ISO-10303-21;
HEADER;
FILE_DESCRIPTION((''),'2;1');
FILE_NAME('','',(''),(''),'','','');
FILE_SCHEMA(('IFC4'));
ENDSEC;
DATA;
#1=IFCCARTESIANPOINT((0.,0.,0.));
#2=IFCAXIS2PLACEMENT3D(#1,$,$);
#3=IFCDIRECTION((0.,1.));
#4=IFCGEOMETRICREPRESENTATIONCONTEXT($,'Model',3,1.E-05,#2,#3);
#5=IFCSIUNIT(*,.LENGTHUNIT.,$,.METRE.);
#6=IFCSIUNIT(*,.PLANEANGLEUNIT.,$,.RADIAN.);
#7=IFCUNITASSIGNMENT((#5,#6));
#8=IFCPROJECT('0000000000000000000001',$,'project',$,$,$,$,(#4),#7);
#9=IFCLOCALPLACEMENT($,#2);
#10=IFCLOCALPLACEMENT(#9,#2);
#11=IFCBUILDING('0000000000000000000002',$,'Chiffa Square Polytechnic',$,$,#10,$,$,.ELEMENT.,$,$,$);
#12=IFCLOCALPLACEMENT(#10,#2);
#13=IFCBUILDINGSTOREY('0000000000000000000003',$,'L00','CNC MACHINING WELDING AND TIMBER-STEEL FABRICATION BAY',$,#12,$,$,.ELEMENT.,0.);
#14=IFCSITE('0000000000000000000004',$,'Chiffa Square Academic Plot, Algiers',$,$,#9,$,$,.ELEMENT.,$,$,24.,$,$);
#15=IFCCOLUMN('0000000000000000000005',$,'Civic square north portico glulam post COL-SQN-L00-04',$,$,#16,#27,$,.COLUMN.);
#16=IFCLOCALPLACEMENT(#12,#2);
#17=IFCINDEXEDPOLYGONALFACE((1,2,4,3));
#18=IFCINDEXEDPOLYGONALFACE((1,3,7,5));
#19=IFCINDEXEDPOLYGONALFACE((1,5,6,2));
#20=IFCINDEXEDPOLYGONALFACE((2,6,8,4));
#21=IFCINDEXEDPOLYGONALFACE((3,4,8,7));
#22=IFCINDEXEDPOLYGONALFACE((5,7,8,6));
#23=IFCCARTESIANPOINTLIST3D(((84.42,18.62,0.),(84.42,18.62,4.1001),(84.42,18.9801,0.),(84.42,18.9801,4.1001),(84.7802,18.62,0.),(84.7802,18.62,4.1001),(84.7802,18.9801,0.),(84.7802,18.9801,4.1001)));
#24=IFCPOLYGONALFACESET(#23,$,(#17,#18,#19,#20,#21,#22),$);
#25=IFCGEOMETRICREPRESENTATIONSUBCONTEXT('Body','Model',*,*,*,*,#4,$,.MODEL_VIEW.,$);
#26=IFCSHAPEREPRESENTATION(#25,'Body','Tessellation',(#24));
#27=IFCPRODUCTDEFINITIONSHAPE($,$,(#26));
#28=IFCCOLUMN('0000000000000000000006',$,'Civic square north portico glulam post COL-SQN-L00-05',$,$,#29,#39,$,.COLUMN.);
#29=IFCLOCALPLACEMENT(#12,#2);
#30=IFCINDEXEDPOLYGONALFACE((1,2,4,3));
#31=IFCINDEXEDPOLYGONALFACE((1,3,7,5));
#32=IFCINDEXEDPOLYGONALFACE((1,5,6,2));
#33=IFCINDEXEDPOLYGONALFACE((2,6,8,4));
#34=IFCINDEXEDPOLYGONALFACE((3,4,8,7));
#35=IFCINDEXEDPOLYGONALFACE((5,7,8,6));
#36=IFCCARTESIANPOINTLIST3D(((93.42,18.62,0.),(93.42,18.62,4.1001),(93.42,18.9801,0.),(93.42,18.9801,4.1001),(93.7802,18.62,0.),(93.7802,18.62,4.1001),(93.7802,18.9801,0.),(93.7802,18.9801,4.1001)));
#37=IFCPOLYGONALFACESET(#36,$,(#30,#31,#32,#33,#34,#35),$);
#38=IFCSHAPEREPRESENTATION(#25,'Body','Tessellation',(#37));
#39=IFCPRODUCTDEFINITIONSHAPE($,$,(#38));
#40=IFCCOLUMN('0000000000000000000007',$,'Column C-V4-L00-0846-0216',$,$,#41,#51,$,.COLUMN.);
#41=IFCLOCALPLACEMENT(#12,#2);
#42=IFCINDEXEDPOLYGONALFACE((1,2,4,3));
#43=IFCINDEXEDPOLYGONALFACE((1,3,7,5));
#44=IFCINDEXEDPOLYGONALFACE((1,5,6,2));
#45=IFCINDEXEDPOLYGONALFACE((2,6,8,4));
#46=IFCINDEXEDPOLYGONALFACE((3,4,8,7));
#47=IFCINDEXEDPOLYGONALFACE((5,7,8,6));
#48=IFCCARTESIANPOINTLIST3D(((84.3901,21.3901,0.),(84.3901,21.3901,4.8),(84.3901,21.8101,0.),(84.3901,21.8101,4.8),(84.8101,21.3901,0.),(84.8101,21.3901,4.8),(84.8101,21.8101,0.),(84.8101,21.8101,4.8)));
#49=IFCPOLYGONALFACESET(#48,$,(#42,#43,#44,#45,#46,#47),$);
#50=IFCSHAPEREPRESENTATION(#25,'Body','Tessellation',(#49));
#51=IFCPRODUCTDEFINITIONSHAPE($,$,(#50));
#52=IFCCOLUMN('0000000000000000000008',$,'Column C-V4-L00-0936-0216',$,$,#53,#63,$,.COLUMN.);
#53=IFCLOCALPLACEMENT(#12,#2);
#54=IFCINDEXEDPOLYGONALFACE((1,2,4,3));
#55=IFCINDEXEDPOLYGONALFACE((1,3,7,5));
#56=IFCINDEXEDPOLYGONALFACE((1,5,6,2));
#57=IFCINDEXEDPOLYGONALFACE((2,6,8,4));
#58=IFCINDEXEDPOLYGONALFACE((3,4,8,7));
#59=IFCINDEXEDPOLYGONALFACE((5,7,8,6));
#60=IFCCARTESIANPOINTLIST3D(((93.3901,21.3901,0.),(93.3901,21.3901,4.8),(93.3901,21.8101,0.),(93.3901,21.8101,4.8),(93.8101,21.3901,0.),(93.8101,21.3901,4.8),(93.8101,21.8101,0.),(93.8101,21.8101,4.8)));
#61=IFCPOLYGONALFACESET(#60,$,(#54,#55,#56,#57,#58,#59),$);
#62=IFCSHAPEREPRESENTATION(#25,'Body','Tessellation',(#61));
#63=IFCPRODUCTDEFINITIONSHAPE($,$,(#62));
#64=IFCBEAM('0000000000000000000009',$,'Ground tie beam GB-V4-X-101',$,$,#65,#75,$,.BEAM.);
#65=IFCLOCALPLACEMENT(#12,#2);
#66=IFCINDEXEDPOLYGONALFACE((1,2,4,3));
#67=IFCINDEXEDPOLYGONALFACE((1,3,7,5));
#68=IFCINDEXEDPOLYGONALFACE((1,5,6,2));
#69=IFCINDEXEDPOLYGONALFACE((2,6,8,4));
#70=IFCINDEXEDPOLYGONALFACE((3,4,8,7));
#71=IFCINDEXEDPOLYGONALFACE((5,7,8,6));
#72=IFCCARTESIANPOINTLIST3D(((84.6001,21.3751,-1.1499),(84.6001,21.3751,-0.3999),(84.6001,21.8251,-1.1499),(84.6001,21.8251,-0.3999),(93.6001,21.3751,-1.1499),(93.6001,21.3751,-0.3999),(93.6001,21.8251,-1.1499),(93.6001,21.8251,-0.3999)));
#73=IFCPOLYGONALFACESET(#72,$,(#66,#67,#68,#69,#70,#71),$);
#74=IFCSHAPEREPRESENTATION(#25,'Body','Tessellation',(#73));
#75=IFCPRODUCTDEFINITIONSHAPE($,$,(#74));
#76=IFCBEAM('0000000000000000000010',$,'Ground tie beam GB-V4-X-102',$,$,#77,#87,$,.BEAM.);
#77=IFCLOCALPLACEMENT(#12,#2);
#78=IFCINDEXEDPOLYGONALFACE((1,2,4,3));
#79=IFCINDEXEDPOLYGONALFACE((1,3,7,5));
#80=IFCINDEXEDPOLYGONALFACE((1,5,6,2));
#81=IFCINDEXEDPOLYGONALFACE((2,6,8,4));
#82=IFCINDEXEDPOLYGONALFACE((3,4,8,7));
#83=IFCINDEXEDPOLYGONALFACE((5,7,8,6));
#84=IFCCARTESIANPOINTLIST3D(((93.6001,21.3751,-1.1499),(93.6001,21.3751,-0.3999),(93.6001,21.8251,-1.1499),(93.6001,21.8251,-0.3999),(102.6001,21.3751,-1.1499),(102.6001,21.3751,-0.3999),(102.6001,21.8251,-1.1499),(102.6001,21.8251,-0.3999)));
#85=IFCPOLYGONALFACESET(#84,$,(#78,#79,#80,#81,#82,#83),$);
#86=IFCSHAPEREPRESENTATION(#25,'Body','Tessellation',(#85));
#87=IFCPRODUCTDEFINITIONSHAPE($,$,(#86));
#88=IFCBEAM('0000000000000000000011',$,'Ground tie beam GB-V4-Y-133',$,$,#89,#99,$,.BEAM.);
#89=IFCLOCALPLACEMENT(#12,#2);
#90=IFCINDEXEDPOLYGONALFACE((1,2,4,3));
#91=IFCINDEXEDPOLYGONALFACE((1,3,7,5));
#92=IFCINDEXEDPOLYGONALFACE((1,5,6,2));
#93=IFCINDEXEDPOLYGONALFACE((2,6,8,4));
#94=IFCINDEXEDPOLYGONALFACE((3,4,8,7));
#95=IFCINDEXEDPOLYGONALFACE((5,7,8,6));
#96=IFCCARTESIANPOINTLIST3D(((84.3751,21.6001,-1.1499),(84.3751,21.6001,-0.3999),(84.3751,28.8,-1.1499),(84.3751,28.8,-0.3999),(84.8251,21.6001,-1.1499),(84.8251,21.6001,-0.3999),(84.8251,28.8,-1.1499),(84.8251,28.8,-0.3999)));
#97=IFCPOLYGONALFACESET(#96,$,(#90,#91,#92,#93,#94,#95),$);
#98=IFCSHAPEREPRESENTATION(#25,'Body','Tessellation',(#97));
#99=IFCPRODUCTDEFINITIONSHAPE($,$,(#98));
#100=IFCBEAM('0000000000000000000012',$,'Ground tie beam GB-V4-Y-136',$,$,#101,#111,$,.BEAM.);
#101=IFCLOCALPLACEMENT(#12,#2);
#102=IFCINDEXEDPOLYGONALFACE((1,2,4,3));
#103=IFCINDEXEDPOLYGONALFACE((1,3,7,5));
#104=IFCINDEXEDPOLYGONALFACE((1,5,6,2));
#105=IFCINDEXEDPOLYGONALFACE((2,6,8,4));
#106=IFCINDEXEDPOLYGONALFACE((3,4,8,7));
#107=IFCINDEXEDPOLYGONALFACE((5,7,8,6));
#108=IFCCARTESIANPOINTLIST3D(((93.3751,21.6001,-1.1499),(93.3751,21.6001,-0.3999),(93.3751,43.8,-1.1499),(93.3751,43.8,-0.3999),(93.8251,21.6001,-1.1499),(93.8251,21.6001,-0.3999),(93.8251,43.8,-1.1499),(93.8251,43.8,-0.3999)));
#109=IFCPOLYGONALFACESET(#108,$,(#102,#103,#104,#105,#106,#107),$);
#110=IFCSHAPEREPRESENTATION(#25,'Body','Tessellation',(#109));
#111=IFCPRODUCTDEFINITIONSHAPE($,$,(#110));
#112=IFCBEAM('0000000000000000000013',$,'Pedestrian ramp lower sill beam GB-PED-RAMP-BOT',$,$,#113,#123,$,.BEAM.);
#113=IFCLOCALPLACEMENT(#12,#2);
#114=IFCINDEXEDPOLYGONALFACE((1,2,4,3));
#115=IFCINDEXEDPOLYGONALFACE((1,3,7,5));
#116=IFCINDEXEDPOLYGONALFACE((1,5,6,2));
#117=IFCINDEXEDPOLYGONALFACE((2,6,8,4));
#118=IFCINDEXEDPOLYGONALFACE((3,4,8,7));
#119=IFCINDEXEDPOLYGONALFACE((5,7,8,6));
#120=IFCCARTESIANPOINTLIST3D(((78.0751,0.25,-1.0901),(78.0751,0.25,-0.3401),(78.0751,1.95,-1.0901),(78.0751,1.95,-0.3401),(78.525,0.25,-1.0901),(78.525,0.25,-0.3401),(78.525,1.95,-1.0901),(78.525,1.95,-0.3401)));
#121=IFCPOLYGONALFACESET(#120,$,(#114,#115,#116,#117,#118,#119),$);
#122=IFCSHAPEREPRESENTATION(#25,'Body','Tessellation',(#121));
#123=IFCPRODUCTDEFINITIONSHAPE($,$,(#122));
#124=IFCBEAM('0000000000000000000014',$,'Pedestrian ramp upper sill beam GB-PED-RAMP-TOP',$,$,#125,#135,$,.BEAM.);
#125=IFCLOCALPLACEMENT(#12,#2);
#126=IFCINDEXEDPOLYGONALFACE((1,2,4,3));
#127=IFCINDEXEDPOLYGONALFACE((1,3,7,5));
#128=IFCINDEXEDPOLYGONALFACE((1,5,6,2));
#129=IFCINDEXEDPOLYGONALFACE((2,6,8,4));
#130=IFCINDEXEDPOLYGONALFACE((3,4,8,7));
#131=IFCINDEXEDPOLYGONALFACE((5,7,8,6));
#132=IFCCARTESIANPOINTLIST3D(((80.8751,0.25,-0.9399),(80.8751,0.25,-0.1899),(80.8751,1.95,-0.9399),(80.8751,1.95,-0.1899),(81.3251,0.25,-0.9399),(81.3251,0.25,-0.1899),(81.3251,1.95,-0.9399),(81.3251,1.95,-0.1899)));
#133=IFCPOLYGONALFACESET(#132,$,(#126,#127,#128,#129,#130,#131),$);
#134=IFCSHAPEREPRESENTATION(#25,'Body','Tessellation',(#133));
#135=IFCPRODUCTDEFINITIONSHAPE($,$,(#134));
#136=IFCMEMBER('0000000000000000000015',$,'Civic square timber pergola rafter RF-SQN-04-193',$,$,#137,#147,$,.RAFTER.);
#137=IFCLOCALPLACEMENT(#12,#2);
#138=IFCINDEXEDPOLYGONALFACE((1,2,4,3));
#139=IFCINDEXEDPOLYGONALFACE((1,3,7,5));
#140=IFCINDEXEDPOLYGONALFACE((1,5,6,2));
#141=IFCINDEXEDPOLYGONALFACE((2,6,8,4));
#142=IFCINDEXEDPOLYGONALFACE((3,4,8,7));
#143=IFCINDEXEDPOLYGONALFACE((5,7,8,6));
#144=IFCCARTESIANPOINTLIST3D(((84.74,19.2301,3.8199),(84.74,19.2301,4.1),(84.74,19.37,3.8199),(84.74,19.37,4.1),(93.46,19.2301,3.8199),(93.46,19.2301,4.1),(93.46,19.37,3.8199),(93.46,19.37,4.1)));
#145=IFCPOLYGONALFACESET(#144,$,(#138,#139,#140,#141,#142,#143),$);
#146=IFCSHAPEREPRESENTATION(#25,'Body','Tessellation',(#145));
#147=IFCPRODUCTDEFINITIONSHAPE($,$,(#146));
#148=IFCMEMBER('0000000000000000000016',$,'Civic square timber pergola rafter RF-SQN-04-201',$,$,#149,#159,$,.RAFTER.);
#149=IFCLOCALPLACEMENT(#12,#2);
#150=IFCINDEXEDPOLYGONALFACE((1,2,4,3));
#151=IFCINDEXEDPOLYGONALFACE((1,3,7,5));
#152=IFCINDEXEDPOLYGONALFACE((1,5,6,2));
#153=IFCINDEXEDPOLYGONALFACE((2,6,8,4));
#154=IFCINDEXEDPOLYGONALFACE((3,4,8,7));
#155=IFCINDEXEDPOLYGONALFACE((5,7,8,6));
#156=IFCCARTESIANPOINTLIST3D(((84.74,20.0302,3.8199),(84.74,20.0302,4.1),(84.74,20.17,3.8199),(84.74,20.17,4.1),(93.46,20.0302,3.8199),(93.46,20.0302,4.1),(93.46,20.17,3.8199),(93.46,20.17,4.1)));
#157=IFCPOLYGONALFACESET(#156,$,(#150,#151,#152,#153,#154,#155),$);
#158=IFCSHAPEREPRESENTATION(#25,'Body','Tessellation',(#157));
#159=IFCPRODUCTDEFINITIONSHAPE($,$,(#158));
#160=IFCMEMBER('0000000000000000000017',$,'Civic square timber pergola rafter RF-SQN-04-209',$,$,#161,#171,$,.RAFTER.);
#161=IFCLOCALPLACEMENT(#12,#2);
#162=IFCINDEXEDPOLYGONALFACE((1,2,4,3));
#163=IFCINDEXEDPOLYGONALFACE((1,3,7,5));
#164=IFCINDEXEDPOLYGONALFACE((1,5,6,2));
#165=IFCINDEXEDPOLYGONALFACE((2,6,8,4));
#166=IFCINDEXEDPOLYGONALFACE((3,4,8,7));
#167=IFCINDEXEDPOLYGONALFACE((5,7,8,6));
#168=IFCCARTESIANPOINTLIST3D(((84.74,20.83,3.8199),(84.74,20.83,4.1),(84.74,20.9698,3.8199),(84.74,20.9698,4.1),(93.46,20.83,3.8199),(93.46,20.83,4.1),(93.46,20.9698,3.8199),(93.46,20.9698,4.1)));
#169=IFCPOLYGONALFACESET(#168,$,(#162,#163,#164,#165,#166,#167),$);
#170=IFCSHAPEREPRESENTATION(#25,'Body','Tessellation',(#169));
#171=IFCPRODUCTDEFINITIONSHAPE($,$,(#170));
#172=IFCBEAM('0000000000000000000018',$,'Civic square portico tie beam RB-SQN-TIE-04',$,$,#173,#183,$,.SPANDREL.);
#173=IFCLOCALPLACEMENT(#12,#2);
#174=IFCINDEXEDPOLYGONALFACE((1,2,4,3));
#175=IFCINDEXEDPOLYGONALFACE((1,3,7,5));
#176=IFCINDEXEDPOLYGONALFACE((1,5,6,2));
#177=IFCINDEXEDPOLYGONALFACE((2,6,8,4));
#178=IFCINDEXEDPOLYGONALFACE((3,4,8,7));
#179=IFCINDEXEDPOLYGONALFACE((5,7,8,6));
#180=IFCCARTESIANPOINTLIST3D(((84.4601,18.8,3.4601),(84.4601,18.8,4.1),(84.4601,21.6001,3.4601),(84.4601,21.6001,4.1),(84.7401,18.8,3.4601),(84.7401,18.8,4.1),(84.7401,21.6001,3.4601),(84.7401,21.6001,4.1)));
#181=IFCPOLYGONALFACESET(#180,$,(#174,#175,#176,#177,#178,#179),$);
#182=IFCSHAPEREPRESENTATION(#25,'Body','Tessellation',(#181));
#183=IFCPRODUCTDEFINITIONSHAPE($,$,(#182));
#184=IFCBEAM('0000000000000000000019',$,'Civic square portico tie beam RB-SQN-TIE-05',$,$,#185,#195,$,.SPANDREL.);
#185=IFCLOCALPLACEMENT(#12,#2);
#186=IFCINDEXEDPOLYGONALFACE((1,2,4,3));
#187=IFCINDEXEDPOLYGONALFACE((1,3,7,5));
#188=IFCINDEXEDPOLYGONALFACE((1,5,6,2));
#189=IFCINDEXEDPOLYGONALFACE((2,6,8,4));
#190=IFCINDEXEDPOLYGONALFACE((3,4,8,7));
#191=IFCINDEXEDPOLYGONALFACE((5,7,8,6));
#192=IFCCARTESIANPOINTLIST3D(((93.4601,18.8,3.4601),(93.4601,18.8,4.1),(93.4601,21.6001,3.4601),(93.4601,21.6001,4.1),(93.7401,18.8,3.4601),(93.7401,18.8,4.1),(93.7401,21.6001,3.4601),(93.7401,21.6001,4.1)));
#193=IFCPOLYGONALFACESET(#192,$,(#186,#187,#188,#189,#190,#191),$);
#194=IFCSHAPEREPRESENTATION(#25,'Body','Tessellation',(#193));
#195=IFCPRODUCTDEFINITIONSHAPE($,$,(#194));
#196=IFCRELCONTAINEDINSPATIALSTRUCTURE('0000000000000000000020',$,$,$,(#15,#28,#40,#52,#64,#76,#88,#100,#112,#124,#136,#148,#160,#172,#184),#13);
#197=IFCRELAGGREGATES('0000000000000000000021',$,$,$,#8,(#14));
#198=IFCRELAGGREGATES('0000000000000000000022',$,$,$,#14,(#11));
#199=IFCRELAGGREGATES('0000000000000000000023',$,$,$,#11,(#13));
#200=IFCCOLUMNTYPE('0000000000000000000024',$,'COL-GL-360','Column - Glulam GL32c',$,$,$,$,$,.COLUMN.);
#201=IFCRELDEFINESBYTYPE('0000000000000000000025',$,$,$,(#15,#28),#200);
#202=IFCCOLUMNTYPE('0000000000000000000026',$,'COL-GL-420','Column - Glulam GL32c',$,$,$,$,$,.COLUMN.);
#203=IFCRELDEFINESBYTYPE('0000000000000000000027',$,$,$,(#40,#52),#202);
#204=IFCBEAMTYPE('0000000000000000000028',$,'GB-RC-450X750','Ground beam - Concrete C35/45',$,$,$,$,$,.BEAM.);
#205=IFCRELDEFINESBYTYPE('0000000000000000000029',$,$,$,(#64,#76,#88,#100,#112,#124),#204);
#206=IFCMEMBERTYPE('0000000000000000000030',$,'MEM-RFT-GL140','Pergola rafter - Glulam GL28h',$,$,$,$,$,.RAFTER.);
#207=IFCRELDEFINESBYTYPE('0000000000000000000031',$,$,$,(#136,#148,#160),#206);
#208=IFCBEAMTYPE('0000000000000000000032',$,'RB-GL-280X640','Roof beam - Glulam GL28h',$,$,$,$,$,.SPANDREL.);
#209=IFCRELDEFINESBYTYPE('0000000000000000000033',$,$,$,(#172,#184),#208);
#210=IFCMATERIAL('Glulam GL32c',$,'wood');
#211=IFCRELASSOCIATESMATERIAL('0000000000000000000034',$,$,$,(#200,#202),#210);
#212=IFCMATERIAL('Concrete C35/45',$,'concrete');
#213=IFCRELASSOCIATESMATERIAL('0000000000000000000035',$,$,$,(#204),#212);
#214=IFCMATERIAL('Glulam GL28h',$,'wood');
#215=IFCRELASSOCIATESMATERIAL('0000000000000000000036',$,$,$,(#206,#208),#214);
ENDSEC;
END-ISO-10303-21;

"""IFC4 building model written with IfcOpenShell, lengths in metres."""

from ifc_helpers import new_model, si_unit, direction, frame, origin, origin_2d, place, context, subcontext, project, spatial, rectangle, extrude, material, material_profile, profile_set, type_object, element, save


model = new_model("IFC4")

# Units and contexts
model_context = context("Model", 3, precision=1e-05, world=origin(), true_north=direction((0.0, 1.0)))
body_context = subcontext(model_context, "Body", "Model", "MODEL_VIEW")
ifc_project = project(units=[si_unit("LENGTHUNIT", "METRE"), si_unit("PLANEANGLEUNIT", "RADIAN")], contexts=[model_context])

# Site, building, storey
site_placement = place(None, origin())
site = spatial("IfcSite", under=ifc_project, at=site_placement, Name="Chiffa Square Academic Plot, Algiers", CompositionType="ELEMENT", RefElevation=24.0)
building_placement = place(site_placement, origin())
building = spatial("IfcBuilding", under=site, at=building_placement, Name="Chiffa Square Polytechnic", CompositionType="ELEMENT")
storey_placement = place(building_placement, origin())
storey = spatial("IfcBuildingStorey", under=building, at=storey_placement, Name="L00", Description="CNC MACHINING WELDING AND TIMBER-STEEL FABRICATION BAY", CompositionType="ELEMENT", Elevation=0.0)

# Columns
ifc_material_1 = material(Name="Glulam GL32c", Category="wood")
ifc_material_profile_1 = material_profile(ifc_material_1, rectangle(XDim=0.3601, YDim=0.3601, at=origin_2d()), Name="GL32c 360x360")
ifc_profile_set_1 = profile_set([ifc_material_profile_1], Name="Glulam GL32c")
column_type_1 = type_object("IfcColumnType", Name="COL-GL-360", Description="Column - Glulam GL32c", PredefinedType="COLUMN", material=ifc_profile_set_1)
for number, where, z_axis, x_axis, name in (
    (1, (84.6001, 18.8, 0.0), (0.0, 0.0, 1.0), (1.0, 0.0, 0.0), "Civic square north portico glulam post COL-SQN-L00-04"),
    (2, (93.6001, 18.8, 0.0), (0.0, 0.0, 1.0), (1.0, 0.0, 0.0), "Civic square north portico glulam post COL-SQN-L00-05"),
):
    element("IfcColumn", number, at=place(storey_placement, frame(where, z_axis=z_axis, x_axis=x_axis)), inside=storey, type_object=column_type_1, Name=name, PredefinedType="COLUMN", context=body_context, shape_type="SweptSolid", body=[
        extrude(rectangle(XDim=0.3601, YDim=0.3601, at=origin_2d()), origin(), (0.0, 0.0, 1.0), 4.1001),
    ])
ifc_material_profile_2 = material_profile(ifc_material_1, rectangle(XDim=0.4199, YDim=0.4199, at=origin_2d()), Name="GL32c 420x420")
ifc_profile_set_2 = profile_set([ifc_material_profile_2], Name="Glulam GL32c")
column_type_2 = type_object("IfcColumnType", Name="COL-GL-420", Description="Column - Glulam GL32c", PredefinedType="COLUMN", material=ifc_profile_set_2)
for number, where, z_axis, x_axis, name in (
    (3, (84.6001, 21.6001, 0.0), (0.0, 0.0, 1.0), (1.0, 0.0, 0.0), "Column C-V4-L00-0846-0216"),
    (4, (93.6001, 21.6001, 0.0), (0.0, 0.0, 1.0), (1.0, 0.0, 0.0), "Column C-V4-L00-0936-0216"),
):
    element("IfcColumn", number, at=place(storey_placement, frame(where, z_axis=z_axis, x_axis=x_axis)), inside=storey, type_object=column_type_2, Name=name, PredefinedType="COLUMN", context=body_context, shape_type="SweptSolid", body=[
        extrude(rectangle(XDim=0.4199, YDim=0.4199, at=origin_2d()), origin(), (0.0, 0.0, 1.0), 4.8),
    ])

# Beams
ifc_material_2 = material(Name="Concrete C35/45", Category="concrete")
ifc_material_profile_3 = material_profile(ifc_material_2, rectangle(XDim=0.45, YDim=0.75, at=origin_2d()), Name="RC 450x750")
ifc_profile_set_3 = profile_set([ifc_material_profile_3], Name="Concrete C35/45")
beam_type_1 = type_object("IfcBeamType", Name="GB-RC-450X750", Description="Ground beam - Concrete C35/45", PredefinedType="BEAM", material=ifc_profile_set_3)
for number, where, z_axis, x_axis, name in (
    (5, (84.6001, 21.6001, -0.7749), (1.0, 0.0, 0.0), (0.0, 1.0, 0.0), "Ground tie beam GB-V4-X-101"),
    (6, (93.6001, 21.6001, -0.7749), (1.0, 0.0, 0.0), (0.0, 1.0, 0.0), "Ground tie beam GB-V4-X-102"),
):
    element("IfcBeam", number, at=place(storey_placement, frame(where, z_axis=z_axis, x_axis=x_axis)), inside=storey, type_object=beam_type_1, Name=name, PredefinedType="BEAM", context=body_context, shape_type="SweptSolid", body=[
        extrude(rectangle(XDim=0.45, YDim=0.75, at=origin_2d()), origin(), (0.0, 0.0, 1.0), 9.0),
    ])
beam_1_placement = place(storey_placement, frame((84.6001, 21.6001, -0.7749), z_axis=(0.0, 1.0, 0.0), x_axis=(-1.0, 0.0, 0.0)))
element("IfcBeam", 7, at=beam_1_placement, inside=storey, type_object=beam_type_1, Name="Ground tie beam GB-V4-Y-133", PredefinedType="BEAM", context=body_context, shape_type="SweptSolid", body=[
    extrude(rectangle(XDim=0.45, YDim=0.75, at=origin_2d()), origin(), (0.0, 0.0, 1.0), 7.2),
])
beam_2_placement = place(storey_placement, frame((93.6001, 21.6001, -0.7749), z_axis=(0.0, 1.0, 0.0), x_axis=(-1.0, 0.0, 0.0)))
element("IfcBeam", 8, at=beam_2_placement, inside=storey, type_object=beam_type_1, Name="Ground tie beam GB-V4-Y-136", PredefinedType="BEAM", context=body_context, shape_type="SweptSolid", body=[
    extrude(rectangle(XDim=0.45, YDim=0.75, at=origin_2d()), origin(), (0.0, 0.0, 1.0), 22.2),
])
for number, where, z_axis, x_axis, name in (
    (9, (78.3, 0.25, -0.7151), (0.0, 1.0, 0.0), (-1.0, 0.0, 0.0), "Pedestrian ramp lower sill beam GB-PED-RAMP-BOT"),
    (10, (81.1001, 0.25, -0.5649), (0.0, 1.0, 0.0), (-1.0, 0.0, 0.0), "Pedestrian ramp upper sill beam GB-PED-RAMP-TOP"),
):
    element("IfcBeam", number, at=place(storey_placement, frame(where, z_axis=z_axis, x_axis=x_axis)), inside=storey, type_object=beam_type_1, Name=name, PredefinedType="BEAM", context=body_context, shape_type="SweptSolid", body=[
        extrude(rectangle(XDim=0.45, YDim=0.75, at=origin_2d()), origin(), (0.0, 0.0, 1.0), 1.7),
    ])

# Members
ifc_material_3 = material(Name="Glulam GL28h", Category="wood")
ifc_material_profile_4 = material_profile(ifc_material_3, rectangle(XDim=0.1399, YDim=0.28, at=origin_2d()), Name="GL28h 140x280")
ifc_profile_set_4 = profile_set([ifc_material_profile_4], Name="Glulam GL28h")
member_type = type_object("IfcMemberType", Name="MEM-RFT-GL140", Description="Pergola rafter - Glulam GL28h", PredefinedType="RAFTER", material=ifc_profile_set_4)
for number, where, z_axis, x_axis, name in (
    (11, (84.74, 19.3, 3.96), (1.0, 0.0, 0.0), (0.0, 1.0, 0.0), "Civic square timber pergola rafter RF-SQN-04-193"),
    (12, (84.74, 20.1001, 3.96), (1.0, 0.0, 0.0), (0.0, 1.0, 0.0), "Civic square timber pergola rafter RF-SQN-04-201"),
    (13, (84.74, 20.8999, 3.96), (1.0, 0.0, 0.0), (0.0, 1.0, 0.0), "Civic square timber pergola rafter RF-SQN-04-209"),
):
    element("IfcMember", number, at=place(storey_placement, frame(where, z_axis=z_axis, x_axis=x_axis)), inside=storey, type_object=member_type, Name=name, PredefinedType="RAFTER", context=body_context, shape_type="SweptSolid", body=[
        extrude(rectangle(XDim=0.1399, YDim=0.28, at=origin_2d()), origin(), (0.0, 0.0, 1.0), 8.72),
    ])

# Beams
ifc_material_profile_5 = material_profile(ifc_material_3, rectangle(XDim=0.28, YDim=0.6399, at=origin_2d()), Name="GL28h 280x640")
ifc_profile_set_5 = profile_set([ifc_material_profile_5], Name="Glulam GL28h")
beam_type_2 = type_object("IfcBeamType", Name="RB-GL-280X640", Description="Roof beam - Glulam GL28h", PredefinedType="SPANDREL", material=ifc_profile_set_5)
for number, where, z_axis, x_axis, name in (
    (14, (84.6001, 18.8, 3.78), (0.0, 1.0, 0.0), (-1.0, 0.0, 0.0), "Civic square portico tie beam RB-SQN-TIE-04"),
    (15, (93.6001, 18.8, 3.78), (0.0, 1.0, 0.0), (-1.0, 0.0, 0.0), "Civic square portico tie beam RB-SQN-TIE-05"),
):
    element("IfcBeam", number, at=place(storey_placement, frame(where, z_axis=z_axis, x_axis=x_axis)), inside=storey, type_object=beam_type_2, Name=name, PredefinedType="SPANDREL", context=body_context, shape_type="SweptSolid", body=[
        extrude(rectangle(XDim=0.28, YDim=0.6399, at=origin_2d()), origin(), (0.0, 0.0, 1.0), 2.8),
    ])

save(model, "model.ifc")
